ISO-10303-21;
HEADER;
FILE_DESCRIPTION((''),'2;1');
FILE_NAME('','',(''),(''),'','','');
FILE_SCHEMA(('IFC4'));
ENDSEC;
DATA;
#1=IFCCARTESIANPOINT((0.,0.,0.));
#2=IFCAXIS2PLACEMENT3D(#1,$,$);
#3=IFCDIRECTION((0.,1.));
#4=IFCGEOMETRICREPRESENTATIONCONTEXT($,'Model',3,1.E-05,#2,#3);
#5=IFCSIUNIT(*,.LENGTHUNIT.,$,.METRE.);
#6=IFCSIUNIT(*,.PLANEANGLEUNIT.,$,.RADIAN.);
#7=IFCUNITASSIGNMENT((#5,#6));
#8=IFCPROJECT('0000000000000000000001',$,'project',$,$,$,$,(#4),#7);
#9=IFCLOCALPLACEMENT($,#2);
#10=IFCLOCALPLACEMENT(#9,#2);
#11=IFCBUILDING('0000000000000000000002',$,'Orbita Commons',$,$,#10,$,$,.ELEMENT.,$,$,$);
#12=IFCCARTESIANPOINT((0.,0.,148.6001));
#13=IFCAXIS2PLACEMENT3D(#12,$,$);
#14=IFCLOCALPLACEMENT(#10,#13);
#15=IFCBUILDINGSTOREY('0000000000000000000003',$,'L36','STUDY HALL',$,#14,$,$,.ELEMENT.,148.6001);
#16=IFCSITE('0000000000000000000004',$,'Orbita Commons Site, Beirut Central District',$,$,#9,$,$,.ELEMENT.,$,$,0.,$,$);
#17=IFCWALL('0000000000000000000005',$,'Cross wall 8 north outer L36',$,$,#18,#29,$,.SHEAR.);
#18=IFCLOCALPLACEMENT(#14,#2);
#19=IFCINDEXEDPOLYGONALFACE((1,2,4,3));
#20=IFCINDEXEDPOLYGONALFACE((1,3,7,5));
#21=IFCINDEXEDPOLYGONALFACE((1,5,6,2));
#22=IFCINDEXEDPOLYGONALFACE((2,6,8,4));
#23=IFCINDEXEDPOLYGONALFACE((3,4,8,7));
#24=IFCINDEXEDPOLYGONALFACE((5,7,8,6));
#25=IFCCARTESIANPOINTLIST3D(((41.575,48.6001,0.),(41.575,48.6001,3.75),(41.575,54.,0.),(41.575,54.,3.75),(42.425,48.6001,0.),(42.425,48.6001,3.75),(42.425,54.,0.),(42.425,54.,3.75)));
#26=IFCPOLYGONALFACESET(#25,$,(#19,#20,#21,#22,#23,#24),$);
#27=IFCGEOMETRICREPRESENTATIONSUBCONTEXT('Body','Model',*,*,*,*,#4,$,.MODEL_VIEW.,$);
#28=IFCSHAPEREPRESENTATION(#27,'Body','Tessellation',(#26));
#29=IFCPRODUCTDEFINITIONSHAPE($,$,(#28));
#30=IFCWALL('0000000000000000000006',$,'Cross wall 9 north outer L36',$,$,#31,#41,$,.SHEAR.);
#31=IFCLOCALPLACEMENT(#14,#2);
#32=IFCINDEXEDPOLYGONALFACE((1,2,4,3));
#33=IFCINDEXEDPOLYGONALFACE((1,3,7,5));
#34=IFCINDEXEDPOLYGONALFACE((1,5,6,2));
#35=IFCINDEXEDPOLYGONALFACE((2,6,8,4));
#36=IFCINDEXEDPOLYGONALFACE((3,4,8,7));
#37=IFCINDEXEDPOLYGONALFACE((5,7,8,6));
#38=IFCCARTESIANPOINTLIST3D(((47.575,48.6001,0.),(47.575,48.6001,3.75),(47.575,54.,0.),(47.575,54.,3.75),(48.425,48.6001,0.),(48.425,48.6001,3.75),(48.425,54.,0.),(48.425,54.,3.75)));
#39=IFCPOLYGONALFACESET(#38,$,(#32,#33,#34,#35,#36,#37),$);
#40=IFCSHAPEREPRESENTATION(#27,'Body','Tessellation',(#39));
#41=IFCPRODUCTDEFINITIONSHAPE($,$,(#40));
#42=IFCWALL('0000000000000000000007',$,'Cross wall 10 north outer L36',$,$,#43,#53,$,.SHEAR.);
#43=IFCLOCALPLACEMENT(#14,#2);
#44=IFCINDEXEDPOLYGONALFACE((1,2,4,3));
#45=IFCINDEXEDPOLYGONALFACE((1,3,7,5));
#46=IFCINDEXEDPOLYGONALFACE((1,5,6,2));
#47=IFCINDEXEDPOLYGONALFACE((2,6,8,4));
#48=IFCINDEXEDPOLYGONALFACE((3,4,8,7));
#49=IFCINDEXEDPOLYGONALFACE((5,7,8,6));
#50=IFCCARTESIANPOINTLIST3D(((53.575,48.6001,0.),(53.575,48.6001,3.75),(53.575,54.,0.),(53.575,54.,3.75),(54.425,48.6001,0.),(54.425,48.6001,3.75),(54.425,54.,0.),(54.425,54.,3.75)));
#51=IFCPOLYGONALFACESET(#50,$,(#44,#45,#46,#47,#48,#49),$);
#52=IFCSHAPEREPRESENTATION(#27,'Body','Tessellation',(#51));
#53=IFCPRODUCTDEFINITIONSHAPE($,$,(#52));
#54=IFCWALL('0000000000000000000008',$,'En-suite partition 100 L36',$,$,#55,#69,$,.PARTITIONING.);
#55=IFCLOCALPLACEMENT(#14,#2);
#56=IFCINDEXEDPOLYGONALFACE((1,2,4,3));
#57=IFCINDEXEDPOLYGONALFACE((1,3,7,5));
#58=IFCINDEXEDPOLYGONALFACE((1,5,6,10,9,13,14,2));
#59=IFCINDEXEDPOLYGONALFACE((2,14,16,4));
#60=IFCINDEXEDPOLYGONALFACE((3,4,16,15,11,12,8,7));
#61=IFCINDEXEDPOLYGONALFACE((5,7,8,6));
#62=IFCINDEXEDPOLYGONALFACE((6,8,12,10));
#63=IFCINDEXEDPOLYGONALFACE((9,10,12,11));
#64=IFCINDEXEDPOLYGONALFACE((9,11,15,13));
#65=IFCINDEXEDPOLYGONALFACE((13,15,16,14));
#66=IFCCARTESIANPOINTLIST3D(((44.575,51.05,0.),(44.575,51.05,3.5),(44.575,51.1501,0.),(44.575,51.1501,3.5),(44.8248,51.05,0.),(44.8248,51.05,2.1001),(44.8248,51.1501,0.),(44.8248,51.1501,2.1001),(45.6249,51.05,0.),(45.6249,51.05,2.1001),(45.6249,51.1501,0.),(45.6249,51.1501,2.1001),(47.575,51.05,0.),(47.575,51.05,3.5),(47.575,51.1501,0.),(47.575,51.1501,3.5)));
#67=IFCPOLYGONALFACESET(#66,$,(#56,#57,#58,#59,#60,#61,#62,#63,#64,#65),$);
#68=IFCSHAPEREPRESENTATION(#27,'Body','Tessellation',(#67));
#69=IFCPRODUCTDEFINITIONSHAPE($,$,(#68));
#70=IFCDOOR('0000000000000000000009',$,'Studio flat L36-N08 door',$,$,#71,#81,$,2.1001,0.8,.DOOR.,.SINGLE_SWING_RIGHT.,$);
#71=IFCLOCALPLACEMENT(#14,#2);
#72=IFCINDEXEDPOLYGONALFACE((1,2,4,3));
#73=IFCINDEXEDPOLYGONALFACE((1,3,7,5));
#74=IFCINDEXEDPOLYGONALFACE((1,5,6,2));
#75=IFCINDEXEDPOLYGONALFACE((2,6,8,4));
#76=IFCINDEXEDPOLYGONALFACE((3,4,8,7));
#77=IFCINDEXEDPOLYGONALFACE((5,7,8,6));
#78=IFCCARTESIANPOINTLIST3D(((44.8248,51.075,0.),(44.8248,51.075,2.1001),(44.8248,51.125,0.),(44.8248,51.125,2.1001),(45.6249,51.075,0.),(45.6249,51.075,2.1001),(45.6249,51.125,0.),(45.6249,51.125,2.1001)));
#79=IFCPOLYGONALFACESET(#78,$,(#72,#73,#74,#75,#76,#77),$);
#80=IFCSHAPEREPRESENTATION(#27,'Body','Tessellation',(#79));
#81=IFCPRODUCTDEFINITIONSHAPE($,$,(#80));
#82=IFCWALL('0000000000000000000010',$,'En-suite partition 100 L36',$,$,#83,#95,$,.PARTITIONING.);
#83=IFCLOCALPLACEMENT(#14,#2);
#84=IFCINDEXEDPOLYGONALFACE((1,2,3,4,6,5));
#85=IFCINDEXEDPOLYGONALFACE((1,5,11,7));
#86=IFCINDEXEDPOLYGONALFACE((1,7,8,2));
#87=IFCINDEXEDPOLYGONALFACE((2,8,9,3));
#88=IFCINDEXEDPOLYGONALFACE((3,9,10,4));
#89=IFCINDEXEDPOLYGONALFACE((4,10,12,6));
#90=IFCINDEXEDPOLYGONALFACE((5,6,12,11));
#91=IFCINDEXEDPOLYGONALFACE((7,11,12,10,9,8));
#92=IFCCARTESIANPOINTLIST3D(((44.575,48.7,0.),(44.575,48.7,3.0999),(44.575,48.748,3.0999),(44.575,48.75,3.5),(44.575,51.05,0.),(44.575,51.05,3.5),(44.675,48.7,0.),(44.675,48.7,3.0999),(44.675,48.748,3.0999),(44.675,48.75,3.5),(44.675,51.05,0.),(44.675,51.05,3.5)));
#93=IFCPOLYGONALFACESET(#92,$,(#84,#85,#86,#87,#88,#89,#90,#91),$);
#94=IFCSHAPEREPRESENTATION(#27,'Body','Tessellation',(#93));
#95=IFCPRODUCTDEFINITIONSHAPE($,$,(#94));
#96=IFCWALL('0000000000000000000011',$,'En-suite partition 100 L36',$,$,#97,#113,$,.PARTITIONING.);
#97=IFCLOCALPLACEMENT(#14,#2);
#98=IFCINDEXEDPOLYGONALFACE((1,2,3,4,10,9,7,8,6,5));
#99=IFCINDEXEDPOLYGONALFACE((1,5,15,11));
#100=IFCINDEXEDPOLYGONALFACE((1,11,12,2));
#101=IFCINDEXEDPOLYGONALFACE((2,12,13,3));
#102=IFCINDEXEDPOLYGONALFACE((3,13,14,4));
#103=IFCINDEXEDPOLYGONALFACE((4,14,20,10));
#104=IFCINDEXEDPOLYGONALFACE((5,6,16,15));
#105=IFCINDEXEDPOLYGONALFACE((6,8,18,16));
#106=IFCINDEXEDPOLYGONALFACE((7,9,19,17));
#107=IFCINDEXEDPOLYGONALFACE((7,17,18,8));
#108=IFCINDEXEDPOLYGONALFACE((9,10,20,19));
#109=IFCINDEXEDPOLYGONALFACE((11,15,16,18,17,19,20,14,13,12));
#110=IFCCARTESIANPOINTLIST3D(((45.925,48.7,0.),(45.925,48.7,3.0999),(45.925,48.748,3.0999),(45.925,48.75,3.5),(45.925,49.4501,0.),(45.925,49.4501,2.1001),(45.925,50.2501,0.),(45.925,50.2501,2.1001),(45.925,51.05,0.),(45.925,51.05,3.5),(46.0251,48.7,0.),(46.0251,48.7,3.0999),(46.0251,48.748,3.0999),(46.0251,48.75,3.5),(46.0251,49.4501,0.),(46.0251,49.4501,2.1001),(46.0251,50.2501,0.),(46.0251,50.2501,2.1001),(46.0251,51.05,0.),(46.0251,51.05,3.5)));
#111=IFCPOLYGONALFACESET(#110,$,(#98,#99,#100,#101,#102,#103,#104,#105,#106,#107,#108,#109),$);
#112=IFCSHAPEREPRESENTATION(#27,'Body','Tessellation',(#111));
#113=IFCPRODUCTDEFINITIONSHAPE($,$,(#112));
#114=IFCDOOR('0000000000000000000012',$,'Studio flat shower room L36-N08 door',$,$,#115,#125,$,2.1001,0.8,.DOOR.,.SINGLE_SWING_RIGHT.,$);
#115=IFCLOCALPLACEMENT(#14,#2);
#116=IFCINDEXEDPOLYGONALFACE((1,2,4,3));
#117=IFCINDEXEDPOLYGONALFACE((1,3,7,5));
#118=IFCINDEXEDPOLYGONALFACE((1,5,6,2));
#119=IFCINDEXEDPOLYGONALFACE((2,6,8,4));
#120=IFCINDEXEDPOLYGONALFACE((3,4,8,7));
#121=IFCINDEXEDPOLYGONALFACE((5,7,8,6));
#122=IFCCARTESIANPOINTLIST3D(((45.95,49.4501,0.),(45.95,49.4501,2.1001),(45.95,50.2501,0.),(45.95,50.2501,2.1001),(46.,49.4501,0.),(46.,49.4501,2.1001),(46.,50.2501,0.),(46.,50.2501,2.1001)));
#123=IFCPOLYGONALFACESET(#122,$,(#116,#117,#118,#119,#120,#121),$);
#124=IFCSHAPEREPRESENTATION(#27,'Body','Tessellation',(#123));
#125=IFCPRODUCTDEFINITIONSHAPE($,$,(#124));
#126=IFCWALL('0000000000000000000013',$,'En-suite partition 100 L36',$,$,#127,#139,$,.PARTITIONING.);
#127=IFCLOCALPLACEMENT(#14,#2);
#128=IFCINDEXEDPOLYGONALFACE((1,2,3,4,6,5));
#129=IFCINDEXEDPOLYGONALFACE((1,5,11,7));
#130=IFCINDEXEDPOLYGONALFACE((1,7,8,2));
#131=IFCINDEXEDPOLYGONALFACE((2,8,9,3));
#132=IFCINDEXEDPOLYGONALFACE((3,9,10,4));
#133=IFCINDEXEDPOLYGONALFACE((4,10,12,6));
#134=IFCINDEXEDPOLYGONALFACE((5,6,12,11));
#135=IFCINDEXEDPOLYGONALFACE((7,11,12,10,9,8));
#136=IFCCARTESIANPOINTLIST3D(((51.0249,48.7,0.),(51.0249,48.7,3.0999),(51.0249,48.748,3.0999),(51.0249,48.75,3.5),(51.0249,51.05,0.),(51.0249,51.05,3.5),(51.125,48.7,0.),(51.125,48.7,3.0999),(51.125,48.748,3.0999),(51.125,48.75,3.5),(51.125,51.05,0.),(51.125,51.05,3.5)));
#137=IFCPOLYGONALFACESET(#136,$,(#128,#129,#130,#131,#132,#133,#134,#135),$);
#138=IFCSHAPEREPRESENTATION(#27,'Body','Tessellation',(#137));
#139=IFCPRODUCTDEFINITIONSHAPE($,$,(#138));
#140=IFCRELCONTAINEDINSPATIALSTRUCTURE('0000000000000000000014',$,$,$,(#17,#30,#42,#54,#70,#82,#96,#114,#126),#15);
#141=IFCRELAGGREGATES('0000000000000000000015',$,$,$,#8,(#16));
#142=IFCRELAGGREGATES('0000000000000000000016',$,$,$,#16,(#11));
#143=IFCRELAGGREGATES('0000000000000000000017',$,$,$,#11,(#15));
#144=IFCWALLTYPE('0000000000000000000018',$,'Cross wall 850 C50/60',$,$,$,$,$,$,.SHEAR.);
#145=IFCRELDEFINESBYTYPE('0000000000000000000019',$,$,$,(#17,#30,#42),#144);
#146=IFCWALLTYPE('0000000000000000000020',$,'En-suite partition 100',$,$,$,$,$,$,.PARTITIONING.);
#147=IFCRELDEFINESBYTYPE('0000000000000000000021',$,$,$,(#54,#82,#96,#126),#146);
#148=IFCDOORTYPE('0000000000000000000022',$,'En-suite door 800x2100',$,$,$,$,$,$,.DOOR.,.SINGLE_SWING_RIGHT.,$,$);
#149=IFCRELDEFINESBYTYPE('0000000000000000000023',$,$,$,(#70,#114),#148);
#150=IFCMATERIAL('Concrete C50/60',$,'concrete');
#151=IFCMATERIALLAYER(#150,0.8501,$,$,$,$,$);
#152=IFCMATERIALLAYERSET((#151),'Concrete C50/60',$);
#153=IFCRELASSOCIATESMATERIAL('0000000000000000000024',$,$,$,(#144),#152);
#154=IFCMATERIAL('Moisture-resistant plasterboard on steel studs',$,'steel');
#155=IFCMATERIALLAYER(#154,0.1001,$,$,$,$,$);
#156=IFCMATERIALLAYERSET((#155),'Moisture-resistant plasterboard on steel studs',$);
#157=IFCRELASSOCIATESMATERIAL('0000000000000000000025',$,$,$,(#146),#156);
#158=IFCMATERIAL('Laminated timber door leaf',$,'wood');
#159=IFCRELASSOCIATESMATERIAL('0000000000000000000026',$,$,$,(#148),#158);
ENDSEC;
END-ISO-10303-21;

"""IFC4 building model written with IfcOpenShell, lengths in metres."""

from ifc_helpers import new_model, si_unit, direction, frame, frame_2d, origin, place, context, subcontext, project, spatial, polyline, rectangle, outline, extrude, material, layer, layer_set, type_object, element, fill, save


model = new_model("IFC4")

# Units and contexts
model_context = context("Model", 3, precision=1e-05, world=origin(), true_north=direction((0.0, 1.0)))
body_context = subcontext(model_context, "Body", "Model", "MODEL_VIEW")
ifc_project = project(units=[si_unit("LENGTHUNIT", "METRE"), si_unit("PLANEANGLEUNIT", "RADIAN")], contexts=[model_context])

# Site, building, storey
site_placement = place(None, origin())
site = spatial("IfcSite", under=ifc_project, at=site_placement, Name="Orbita Commons Site, Beirut Central District", CompositionType="ELEMENT", RefElevation=0.0)
building_placement = place(site_placement, origin())
building = spatial("IfcBuilding", under=site, at=building_placement, Name="Orbita Commons", CompositionType="ELEMENT")
storey_placement = place(building_placement, frame((0.0, 0.0, 148.6001)))
storey = spatial("IfcBuildingStorey", under=building, at=storey_placement, Name="L36", Description="STUDY HALL", CompositionType="ELEMENT", Elevation=148.6001)

# Walls
ifc_material_1 = material(Name="Concrete C50/60", Category="concrete")
ifc_layer_1 = layer(ifc_material_1, 0.8501)
ifc_layer_set_1 = layer_set([ifc_layer_1], Name="Concrete C50/60")
wall_type_1 = type_object("IfcWallType", Name="Cross wall 850 C50/60", PredefinedType="SHEAR", material=ifc_layer_set_1)
for number, where, z_axis, x_axis, name in (
    (1, (42.0, 48.6001, 0.0), (0.0, 0.0, 1.0), (0.0, 1.0, 0.0), "Cross wall 8 north outer L36"),
    (2, (48.0, 48.6001, 0.0), (0.0, 0.0, 1.0), (0.0, 1.0, 0.0), "Cross wall 9 north outer L36"),
    (3, (54.0, 48.6001, 0.0), (0.0, 0.0, 1.0), (0.0, 1.0, 0.0), "Cross wall 10 north outer L36"),
):
    element("IfcWall", number, at=place(storey_placement, frame(where, z_axis=z_axis, x_axis=x_axis)), inside=storey, type_object=wall_type_1, Name=name, PredefinedType="SHEAR", context=body_context, shape_type="SweptSolid", body=[
        extrude(rectangle(XDim=5.3999, YDim=0.8501, at=frame_2d((2.7, 0.0))), origin(), (0.0, 0.0, 1.0), 3.75),
    ])

# Wall, opening, door
ifc_material_2 = material(Name="Moisture-resistant plasterboard on steel studs", Category="steel")
ifc_layer_2 = layer(ifc_material_2, 0.1001)
ifc_layer_set_2 = layer_set([ifc_layer_2], Name="Moisture-resistant plasterboard on steel studs")
wall_type_2 = type_object("IfcWallType", Name="En-suite partition 100", PredefinedType="PARTITIONING", material=ifc_layer_set_2)
wall_1_placement = place(storey_placement, frame((44.575, 51.1001, 0.0), z_axis=(0.0, 0.0, 1.0), x_axis=(1.0, 0.0, 0.0)))
wall_1 = element("IfcWall", 4, at=wall_1_placement, inside=storey, type_object=wall_type_2, Name="En-suite partition 100 L36", PredefinedType="PARTITIONING", context=body_context, shape_type="SweptSolid", body=[
    extrude(rectangle(XDim=3.0, YDim=0.1001, at=frame_2d((1.5, 0.0))), origin(), (0.0, 0.0, 1.0), 3.5),
])
opening_1_placement = place(wall_1_placement, frame((0.25, 0.0, 0.0)))
opening_1 = element("IfcOpeningElement", 5, at=opening_1_placement, cuts=wall_1, PredefinedType="OPENING", context=body_context, shape_type="SweptSolid", body=[
    extrude(rectangle(XDim=0.8, YDim=2.1001, at=frame_2d((0.3999, 1.05))), frame((0.0, 0.0601, 0.0), z_axis=(0.0, -1.0, 0.0), x_axis=(1.0, 0.0, 0.0)), (0.0, 0.0, 1.0), 0.1201),
])
ifc_material_3 = material(Name="Laminated timber door leaf", Category="wood")
door_type_1 = type_object("IfcDoorType", Name="En-suite door 800x2100", OperationType="SINGLE_SWING_RIGHT", PredefinedType="DOOR", material=ifc_material_3)
door_1_placement = place(opening_1_placement, origin())
door_1 = element("IfcDoor", 6, at=door_1_placement, inside=storey, type_object=door_type_1, Name="Studio flat L36-N08 door", OperationType="SINGLE_SWING_RIGHT", OverallHeight=2.1001, OverallWidth=0.8, PredefinedType="DOOR", context=body_context, shape_type="SweptSolid", body=[
    extrude(rectangle(XDim=0.8, YDim=2.1001, at=frame_2d((0.3999, 1.05))), frame((0.0, 0.0249, 0.0), z_axis=(0.0, -1.0, 0.0), x_axis=(1.0, 0.0, 0.0)), (0.0, 0.0, 1.0), 0.05),
])
fill(opening_1, door_1)

# Wall
wall_2_placement = place(storey_placement, frame((44.625, 51.05, 0.0), z_axis=(0.0, 0.0, 1.0), x_axis=(0.0, -1.0, 0.0)))
element("IfcWall", 7, at=wall_2_placement, inside=storey, type_object=wall_type_2, Name="En-suite partition 100 L36", PredefinedType="PARTITIONING", context=body_context, shape_type="SweptSolid", body=[
    extrude(outline(polyline([(0.0, 0.0), (2.3501, 0.0), (2.3501, 3.0999), (2.302, 3.0999), (2.3, 3.5), (0.0, 3.5), (0.0, 0.0)])), frame((0.0, 0.05, 0.0), z_axis=(0.0, -1.0, 0.0), x_axis=(1.0, 0.0, 0.0)), (0.0, 0.0, 1.0), 0.1001),
])

# Wall, opening, door
wall_3_placement = place(storey_placement, frame((45.9751, 51.05, 0.0), z_axis=(0.0, 0.0, 1.0), x_axis=(0.0, -1.0, 0.0)))
wall_3 = element("IfcWall", 8, at=wall_3_placement, inside=storey, type_object=wall_type_2, Name="En-suite partition 100 L36", PredefinedType="PARTITIONING", context=body_context, shape_type="SweptSolid", body=[
    extrude(outline(polyline([(0.0, 0.0), (2.3501, 0.0), (2.3501, 3.0999), (2.302, 3.0999), (2.3, 3.5), (0.0, 3.5), (0.0, 0.0)])), frame((0.0, 0.05, 0.0), z_axis=(0.0, -1.0, 0.0), x_axis=(1.0, 0.0, 0.0)), (0.0, 0.0, 1.0), 0.1001),
])
opening_2_placement = place(wall_3_placement, frame((0.8, 0.0, 0.0)))
opening_2 = element("IfcOpeningElement", 9, at=opening_2_placement, cuts=wall_3, PredefinedType="OPENING", context=body_context, shape_type="SweptSolid", body=[
    extrude(rectangle(XDim=0.8, YDim=2.1001, at=frame_2d((0.3999, 1.05))), frame((0.0, 0.0601, 0.0), z_axis=(0.0, -1.0, 0.0), x_axis=(1.0, 0.0, 0.0)), (0.0, 0.0, 1.0), 0.1201),
])
door_2_placement = place(opening_2_placement, origin())
door_2 = element("IfcDoor", 10, at=door_2_placement, inside=storey, type_object=door_type_1, Name="Studio flat shower room L36-N08 door", OperationType="SINGLE_SWING_RIGHT", OverallHeight=2.1001, OverallWidth=0.8, PredefinedType="DOOR", context=body_context, shape_type="SweptSolid", body=[
    extrude(rectangle(XDim=0.8, YDim=2.1001, at=frame_2d((0.3999, 1.05))), frame((0.0, 0.0249, 0.0), z_axis=(0.0, -1.0, 0.0), x_axis=(1.0, 0.0, 0.0)), (0.0, 0.0, 1.0), 0.05),
])
fill(opening_2, door_2)

# Wall
wall_4_placement = place(storey_placement, frame((51.075, 51.05, 0.0), z_axis=(0.0, 0.0, 1.0), x_axis=(0.0, -1.0, 0.0)))
element("IfcWall", 11, at=wall_4_placement, inside=storey, type_object=wall_type_2, Name="En-suite partition 100 L36", PredefinedType="PARTITIONING", context=body_context, shape_type="SweptSolid", body=[
    extrude(outline(polyline([(0.0, 0.0), (2.3501, 0.0), (2.3501, 3.0999), (2.302, 3.0999), (2.3, 3.5), (0.0, 3.5), (0.0, 0.0)])), frame((0.0, 0.05, 0.0), z_axis=(0.0, -1.0, 0.0), x_axis=(1.0, 0.0, 0.0)), (0.0, 0.0, 1.0), 0.1001),
])

save(model, "model.ifc")
